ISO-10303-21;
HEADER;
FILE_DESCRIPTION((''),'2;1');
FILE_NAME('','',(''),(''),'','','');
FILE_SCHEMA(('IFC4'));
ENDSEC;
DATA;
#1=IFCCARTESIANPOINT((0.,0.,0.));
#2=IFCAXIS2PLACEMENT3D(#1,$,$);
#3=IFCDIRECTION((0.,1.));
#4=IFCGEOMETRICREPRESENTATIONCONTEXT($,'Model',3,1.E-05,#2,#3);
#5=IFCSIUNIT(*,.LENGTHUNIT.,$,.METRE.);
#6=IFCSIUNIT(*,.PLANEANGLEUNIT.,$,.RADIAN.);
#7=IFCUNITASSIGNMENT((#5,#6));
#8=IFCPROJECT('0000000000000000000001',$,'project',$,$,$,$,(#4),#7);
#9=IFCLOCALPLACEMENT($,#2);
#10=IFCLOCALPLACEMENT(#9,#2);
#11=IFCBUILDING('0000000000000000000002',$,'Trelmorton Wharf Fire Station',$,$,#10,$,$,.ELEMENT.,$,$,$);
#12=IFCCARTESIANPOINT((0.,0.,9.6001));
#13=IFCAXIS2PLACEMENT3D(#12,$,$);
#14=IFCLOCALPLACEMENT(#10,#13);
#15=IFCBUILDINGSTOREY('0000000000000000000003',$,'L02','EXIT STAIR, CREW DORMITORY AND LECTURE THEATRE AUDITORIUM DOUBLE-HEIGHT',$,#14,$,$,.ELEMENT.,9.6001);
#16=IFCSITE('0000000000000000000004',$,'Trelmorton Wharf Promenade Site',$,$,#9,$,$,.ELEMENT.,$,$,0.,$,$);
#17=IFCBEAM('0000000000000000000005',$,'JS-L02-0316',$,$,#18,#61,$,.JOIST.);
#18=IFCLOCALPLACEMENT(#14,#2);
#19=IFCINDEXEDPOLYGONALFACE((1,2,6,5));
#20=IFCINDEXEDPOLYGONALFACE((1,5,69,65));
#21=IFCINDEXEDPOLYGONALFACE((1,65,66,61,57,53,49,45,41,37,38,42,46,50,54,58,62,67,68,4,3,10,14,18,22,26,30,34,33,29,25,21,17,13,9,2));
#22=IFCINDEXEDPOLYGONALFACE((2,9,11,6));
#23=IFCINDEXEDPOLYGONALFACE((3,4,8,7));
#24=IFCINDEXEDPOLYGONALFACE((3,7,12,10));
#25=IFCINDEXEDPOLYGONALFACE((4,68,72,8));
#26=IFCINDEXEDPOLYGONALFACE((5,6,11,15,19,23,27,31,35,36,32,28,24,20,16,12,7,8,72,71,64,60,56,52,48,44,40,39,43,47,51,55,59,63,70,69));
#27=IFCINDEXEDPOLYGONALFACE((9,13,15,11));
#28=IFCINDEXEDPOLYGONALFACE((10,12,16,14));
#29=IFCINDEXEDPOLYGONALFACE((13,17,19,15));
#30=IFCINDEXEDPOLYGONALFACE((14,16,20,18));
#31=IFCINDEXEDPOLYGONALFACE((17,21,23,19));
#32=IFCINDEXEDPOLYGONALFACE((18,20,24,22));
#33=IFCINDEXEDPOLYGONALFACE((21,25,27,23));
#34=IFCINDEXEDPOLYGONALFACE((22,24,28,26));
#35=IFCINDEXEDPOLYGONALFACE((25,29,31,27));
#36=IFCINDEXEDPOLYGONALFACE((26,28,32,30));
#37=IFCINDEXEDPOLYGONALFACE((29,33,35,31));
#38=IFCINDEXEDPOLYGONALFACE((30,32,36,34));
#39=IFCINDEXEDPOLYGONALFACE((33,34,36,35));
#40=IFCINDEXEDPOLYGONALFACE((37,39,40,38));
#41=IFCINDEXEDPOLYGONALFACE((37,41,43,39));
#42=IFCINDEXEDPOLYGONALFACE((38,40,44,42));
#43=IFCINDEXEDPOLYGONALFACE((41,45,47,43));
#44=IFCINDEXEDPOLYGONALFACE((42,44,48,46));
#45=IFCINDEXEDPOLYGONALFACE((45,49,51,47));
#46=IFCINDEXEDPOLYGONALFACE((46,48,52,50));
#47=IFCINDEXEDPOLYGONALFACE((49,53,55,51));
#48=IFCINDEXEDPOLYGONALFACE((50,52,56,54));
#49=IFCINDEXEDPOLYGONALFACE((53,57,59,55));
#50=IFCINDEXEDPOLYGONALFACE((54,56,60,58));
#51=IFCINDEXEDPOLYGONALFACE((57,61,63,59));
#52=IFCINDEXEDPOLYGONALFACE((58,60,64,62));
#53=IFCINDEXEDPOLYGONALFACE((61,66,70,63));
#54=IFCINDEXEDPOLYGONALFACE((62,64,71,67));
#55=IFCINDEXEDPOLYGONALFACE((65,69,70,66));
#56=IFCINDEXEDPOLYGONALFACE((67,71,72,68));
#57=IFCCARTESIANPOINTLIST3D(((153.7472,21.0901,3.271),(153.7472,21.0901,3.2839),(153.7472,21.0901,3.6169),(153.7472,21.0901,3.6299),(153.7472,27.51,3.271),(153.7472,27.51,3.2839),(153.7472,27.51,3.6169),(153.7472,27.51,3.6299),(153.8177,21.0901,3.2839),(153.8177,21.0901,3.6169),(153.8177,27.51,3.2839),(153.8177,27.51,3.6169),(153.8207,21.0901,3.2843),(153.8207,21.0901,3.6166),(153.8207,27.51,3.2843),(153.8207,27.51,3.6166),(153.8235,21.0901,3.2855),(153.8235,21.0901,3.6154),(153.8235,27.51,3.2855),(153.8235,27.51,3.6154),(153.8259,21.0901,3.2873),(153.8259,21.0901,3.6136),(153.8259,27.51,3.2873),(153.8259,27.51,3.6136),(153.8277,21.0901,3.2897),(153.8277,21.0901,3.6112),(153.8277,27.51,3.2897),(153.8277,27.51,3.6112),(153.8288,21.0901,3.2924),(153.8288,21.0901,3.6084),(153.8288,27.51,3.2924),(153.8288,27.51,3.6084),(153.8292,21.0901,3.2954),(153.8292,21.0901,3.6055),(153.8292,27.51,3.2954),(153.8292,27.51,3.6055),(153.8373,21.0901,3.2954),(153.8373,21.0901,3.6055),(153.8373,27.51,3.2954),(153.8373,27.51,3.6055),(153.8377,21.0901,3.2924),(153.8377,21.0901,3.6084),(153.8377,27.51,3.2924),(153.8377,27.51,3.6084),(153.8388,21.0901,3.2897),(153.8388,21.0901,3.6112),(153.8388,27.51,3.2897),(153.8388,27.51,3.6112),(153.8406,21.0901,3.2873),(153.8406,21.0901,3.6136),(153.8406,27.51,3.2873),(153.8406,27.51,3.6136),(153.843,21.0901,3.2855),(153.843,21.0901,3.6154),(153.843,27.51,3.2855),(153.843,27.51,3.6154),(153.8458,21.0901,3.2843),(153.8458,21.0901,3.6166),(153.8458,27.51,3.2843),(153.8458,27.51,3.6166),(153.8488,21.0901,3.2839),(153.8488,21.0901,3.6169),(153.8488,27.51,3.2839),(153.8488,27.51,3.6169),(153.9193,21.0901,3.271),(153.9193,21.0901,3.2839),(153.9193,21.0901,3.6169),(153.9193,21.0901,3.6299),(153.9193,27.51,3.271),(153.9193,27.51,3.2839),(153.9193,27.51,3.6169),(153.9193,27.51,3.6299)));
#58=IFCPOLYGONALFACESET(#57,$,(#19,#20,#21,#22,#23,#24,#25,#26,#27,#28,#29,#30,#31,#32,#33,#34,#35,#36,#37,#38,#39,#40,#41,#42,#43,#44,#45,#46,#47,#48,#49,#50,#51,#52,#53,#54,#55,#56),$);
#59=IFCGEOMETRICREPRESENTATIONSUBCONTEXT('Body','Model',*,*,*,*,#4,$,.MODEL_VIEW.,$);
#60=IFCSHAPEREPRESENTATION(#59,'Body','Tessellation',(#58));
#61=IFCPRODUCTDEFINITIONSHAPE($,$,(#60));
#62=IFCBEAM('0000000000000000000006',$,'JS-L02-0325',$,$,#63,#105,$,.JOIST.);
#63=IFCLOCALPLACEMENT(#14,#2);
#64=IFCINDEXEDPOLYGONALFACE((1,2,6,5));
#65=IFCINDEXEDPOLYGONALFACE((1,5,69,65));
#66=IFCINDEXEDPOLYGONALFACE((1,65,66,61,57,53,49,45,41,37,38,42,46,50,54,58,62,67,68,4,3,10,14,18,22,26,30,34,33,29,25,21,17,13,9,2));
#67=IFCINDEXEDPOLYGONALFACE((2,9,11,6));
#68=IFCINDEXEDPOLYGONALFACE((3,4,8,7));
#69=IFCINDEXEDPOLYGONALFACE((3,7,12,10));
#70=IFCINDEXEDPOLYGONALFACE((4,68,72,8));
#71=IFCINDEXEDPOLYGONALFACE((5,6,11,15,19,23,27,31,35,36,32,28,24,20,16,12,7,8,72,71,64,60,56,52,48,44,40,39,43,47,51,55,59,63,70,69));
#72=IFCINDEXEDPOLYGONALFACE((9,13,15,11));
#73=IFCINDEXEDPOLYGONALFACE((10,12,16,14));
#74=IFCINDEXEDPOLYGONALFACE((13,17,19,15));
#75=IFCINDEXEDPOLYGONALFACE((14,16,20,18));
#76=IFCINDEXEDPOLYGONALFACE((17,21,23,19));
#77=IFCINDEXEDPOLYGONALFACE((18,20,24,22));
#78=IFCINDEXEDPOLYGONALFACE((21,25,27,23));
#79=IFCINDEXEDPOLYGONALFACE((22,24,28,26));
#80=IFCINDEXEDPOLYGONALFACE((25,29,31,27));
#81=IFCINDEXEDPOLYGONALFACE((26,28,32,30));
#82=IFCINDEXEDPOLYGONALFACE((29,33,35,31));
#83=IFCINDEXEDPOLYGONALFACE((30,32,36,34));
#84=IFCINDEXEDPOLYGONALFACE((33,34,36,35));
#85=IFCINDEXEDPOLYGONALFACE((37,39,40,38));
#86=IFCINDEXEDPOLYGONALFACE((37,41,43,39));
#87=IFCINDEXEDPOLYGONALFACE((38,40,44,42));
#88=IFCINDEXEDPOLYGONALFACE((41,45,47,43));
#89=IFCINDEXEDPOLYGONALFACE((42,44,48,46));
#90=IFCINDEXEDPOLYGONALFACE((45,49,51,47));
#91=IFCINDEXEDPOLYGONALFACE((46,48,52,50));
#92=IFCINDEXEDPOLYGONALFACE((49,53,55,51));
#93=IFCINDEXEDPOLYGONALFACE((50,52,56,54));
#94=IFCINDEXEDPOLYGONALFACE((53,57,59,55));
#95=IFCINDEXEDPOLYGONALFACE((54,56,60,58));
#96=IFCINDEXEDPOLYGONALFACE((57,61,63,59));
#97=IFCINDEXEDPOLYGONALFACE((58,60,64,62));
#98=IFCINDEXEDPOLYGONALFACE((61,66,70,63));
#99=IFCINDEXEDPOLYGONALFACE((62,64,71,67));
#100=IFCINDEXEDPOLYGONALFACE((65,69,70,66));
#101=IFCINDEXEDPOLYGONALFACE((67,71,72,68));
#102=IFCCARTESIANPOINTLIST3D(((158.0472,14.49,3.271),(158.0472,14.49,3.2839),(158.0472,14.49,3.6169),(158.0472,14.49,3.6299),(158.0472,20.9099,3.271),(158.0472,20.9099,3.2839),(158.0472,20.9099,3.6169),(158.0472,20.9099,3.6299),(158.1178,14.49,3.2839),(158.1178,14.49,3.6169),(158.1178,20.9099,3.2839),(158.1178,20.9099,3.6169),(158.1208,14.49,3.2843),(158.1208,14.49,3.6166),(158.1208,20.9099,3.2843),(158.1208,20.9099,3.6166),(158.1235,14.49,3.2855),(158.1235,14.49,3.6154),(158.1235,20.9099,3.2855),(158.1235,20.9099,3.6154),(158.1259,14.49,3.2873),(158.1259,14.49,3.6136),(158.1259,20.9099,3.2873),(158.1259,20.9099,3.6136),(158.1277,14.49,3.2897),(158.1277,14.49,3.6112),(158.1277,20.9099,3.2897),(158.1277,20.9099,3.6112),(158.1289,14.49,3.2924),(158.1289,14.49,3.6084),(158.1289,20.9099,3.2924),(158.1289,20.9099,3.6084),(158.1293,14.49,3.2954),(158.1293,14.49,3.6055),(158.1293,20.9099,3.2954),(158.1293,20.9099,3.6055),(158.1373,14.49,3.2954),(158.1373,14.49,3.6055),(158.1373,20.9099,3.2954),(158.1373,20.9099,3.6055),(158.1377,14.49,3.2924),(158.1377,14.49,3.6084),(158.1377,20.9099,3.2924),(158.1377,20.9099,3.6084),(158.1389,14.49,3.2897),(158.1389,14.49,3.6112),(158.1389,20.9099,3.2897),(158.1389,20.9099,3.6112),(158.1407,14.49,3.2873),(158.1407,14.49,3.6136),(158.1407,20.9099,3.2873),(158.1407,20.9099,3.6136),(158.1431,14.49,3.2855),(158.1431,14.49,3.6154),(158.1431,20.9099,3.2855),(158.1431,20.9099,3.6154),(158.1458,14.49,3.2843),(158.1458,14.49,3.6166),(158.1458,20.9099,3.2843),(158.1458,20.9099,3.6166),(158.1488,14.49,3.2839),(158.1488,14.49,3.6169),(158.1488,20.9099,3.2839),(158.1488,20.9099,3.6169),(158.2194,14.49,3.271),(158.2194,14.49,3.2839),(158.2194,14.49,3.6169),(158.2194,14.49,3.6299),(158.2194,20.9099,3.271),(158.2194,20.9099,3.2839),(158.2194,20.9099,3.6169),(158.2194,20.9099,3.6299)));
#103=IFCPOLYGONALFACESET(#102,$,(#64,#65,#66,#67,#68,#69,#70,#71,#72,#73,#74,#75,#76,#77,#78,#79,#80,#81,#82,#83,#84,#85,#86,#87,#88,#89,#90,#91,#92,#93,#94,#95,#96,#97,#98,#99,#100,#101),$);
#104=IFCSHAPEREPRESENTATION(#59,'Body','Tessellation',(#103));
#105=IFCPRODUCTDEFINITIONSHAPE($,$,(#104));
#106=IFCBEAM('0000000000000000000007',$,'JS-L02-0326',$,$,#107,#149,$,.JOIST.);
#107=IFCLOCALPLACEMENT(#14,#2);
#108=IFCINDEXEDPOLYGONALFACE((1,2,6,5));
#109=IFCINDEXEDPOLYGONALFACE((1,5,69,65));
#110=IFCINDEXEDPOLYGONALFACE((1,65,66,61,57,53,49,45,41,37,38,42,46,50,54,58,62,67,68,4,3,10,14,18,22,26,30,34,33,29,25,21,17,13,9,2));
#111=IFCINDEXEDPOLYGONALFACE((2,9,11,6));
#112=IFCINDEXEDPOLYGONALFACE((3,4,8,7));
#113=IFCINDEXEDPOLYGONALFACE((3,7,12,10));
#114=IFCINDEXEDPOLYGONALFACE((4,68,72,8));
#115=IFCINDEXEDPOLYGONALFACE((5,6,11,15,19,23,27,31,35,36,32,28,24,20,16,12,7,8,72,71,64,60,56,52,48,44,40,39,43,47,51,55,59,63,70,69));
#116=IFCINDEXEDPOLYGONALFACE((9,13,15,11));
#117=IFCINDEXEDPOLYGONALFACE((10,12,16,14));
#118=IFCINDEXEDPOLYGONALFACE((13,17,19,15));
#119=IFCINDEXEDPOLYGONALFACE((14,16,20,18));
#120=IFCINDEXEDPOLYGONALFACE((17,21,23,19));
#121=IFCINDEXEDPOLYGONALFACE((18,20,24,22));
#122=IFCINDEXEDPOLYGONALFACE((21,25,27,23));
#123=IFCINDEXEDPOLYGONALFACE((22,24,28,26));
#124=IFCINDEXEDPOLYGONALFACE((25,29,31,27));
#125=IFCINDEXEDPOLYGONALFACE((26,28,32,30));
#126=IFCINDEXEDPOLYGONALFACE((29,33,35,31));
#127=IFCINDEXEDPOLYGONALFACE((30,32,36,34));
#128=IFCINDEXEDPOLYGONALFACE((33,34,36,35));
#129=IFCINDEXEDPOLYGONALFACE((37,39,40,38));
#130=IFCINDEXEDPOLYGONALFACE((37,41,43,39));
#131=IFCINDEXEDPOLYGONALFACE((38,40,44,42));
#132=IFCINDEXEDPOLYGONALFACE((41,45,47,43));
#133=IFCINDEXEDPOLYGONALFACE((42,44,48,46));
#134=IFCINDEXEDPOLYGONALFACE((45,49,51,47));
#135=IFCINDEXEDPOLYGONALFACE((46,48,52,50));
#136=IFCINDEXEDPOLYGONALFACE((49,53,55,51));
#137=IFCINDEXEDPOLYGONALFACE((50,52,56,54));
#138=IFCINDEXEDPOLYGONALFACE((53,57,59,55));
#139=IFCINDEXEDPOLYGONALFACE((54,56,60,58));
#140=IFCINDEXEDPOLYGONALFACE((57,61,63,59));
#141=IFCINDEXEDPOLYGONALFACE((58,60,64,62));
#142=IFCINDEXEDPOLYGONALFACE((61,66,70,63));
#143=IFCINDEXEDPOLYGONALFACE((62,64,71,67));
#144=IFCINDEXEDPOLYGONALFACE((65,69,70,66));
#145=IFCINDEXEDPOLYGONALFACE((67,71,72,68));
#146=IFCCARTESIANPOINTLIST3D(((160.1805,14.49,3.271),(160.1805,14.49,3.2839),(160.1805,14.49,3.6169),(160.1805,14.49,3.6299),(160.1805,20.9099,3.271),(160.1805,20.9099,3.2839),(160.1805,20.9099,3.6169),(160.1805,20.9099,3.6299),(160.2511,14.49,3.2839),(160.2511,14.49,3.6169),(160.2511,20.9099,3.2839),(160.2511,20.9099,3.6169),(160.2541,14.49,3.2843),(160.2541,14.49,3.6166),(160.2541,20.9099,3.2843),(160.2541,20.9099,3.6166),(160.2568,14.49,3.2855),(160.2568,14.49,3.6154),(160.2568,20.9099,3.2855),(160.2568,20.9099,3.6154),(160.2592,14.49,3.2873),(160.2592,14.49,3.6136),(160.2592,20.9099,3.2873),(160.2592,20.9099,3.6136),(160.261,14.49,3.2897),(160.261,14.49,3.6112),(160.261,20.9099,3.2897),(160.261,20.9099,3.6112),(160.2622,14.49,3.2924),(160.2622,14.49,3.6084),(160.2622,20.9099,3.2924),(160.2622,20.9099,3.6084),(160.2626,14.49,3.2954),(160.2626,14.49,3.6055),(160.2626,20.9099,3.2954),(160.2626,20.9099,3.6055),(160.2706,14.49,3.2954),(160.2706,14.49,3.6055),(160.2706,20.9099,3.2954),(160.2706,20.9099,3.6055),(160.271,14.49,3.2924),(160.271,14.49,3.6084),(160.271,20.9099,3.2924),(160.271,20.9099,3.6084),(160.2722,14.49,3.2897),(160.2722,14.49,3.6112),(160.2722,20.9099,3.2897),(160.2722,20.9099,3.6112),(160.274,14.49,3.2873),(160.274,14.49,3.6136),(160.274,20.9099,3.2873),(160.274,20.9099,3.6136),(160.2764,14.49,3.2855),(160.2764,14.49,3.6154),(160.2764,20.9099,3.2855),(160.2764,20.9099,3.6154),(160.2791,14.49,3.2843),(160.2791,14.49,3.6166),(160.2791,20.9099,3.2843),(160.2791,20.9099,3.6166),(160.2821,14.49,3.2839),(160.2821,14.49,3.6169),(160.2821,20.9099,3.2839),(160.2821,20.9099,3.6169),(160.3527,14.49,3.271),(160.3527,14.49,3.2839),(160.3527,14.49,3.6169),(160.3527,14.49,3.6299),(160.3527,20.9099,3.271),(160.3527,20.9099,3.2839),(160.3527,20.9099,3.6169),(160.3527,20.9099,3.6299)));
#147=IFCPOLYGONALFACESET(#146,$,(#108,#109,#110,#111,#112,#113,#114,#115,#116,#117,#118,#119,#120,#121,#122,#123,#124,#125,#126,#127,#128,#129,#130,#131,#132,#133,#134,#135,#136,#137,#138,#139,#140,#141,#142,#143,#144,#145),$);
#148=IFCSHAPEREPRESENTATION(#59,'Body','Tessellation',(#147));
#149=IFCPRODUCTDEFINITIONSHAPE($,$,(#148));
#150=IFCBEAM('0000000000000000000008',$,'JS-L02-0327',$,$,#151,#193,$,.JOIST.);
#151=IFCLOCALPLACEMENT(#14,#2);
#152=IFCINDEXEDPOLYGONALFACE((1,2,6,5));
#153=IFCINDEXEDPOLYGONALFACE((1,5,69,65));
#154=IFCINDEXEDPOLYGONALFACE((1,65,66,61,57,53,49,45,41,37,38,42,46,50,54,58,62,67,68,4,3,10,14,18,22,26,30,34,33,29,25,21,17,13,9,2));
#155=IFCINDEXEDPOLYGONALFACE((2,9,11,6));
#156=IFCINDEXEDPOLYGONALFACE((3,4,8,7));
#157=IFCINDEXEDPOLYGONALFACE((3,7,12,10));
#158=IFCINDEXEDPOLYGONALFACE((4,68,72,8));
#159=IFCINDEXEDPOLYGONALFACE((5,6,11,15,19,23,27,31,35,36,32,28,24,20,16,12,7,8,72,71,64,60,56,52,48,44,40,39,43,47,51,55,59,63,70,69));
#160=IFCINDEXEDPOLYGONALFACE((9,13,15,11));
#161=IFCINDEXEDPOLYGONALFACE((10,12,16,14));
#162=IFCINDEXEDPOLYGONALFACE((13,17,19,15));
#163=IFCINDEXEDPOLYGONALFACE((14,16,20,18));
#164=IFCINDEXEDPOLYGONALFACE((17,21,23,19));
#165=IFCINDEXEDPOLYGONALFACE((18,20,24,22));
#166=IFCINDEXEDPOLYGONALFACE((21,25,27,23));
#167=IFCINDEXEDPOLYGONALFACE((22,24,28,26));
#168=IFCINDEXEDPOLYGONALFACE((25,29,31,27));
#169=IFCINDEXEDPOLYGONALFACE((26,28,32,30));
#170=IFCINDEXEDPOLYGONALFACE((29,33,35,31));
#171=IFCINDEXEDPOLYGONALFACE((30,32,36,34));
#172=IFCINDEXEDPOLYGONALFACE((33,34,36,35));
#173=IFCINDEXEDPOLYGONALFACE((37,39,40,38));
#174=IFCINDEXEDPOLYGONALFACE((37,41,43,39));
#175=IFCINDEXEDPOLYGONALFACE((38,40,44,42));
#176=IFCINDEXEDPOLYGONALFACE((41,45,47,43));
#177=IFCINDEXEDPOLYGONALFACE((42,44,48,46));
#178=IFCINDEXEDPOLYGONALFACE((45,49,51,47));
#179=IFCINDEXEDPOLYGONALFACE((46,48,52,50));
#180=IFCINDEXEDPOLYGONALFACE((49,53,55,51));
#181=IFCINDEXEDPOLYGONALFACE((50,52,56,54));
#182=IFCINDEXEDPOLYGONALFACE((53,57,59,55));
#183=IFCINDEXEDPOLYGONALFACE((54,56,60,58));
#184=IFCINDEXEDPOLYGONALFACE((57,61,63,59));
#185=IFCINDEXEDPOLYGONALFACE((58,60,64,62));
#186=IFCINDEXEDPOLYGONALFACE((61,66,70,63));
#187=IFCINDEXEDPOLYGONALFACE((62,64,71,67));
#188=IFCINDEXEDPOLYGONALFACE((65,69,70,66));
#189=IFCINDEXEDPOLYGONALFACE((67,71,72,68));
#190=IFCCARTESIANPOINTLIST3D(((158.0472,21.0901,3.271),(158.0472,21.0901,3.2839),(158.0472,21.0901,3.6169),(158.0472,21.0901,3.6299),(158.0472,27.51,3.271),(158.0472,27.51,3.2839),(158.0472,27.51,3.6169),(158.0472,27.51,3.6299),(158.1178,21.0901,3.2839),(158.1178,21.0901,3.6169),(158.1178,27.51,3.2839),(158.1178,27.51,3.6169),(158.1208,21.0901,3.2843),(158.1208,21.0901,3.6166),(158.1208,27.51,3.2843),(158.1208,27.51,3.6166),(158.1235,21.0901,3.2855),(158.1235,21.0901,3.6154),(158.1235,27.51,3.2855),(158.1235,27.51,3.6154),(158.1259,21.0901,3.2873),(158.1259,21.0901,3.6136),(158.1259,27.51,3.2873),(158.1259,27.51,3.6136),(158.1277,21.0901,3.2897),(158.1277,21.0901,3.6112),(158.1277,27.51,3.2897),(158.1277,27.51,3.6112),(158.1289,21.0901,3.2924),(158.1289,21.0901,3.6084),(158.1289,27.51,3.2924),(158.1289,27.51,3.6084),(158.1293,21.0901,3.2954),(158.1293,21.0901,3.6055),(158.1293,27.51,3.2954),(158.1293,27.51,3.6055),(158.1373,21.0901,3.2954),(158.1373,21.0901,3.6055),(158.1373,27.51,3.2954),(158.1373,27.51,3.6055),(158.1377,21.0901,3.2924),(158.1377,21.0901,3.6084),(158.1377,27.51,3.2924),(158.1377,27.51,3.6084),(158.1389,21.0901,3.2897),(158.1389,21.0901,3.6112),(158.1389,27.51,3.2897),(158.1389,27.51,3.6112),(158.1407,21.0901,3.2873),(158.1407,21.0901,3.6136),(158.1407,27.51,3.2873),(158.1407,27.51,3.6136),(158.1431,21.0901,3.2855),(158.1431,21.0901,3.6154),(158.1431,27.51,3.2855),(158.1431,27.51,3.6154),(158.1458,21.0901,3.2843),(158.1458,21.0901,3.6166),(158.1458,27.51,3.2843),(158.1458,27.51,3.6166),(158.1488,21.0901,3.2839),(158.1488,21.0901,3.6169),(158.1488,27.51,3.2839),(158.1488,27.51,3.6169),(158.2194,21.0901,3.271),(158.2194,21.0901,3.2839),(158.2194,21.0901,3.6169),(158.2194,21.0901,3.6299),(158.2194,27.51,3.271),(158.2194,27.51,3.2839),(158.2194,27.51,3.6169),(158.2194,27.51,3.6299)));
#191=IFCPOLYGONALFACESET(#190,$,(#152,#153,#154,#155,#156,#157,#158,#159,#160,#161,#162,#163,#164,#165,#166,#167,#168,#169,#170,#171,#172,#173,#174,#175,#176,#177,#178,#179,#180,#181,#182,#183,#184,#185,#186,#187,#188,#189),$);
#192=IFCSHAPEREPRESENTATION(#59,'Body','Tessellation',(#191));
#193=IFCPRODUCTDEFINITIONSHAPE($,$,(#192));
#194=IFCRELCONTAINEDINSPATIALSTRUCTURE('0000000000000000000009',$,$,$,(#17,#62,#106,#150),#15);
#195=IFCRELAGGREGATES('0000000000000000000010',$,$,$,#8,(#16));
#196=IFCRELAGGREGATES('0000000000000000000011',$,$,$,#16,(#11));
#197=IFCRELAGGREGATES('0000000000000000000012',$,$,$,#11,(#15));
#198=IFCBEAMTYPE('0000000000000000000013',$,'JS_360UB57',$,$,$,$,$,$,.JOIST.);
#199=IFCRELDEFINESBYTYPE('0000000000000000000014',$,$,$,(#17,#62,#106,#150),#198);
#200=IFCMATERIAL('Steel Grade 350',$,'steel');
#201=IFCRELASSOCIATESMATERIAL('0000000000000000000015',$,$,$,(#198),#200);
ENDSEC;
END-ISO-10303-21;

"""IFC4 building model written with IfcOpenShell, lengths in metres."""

from ifc_helpers import new_model, si_unit, direction, frame, origin, origin_2d, place, context, subcontext, project, spatial, i_section, extrude, material, material_profile, profile_set, type_object, element, save


model = new_model("IFC4")

# Units and contexts
model_context = context("Model", 3, precision=1e-05, world=origin(), true_north=direction((0.0, 1.0)))
body_context = subcontext(model_context, "Body", "Model", "MODEL_VIEW")
ifc_project = project(units=[si_unit("LENGTHUNIT", "METRE"), si_unit("PLANEANGLEUNIT", "RADIAN")], contexts=[model_context])

# Site, building, storey
site_placement = place(None, origin())
site = spatial("IfcSite", under=ifc_project, at=site_placement, Name="Trelmorton Wharf Promenade Site", CompositionType="ELEMENT", RefElevation=0.0)
building_placement = place(site_placement, origin())
building = spatial("IfcBuilding", under=site, at=building_placement, Name="Trelmorton Wharf Fire Station", CompositionType="ELEMENT")
storey_placement = place(building_placement, frame((0.0, 0.0, 9.6001)))
storey = spatial("IfcBuildingStorey", under=building, at=storey_placement, Name="L02", Description="EXIT STAIR, CREW DORMITORY AND LECTURE THEATRE AUDITORIUM DOUBLE-HEIGHT", CompositionType="ELEMENT", Elevation=9.6001)

# Shared definitions
ifc_material_1 = material(Name="Steel Grade 350", Category="steel")

# Beams
ifc_material_profile_1 = material_profile(ifc_material_1, i_section(OverallWidth=0.1721, OverallDepth=0.3589, WebThickness=0.0081, FlangeThickness=0.0129, FilletRadius=0.0115, at=origin_2d()), Name="360UB56.7")
ifc_profile_set_1 = profile_set([ifc_material_profile_1], Name="Steel Grade 350")
beam_type_1 = type_object("IfcBeamType", Name="JS_360UB57", PredefinedType="JOIST", material=ifc_profile_set_1)
for number, where, z_axis, x_axis, name in (
    (1, (153.8333, 21.0901, 3.4504), (0.0, 1.0, 0.0), (-1.0, 0.0, 0.0), "JS-L02-0316"),
    (2, (158.1333, 14.49, 3.4504), (0.0, 1.0, 0.0), (-1.0, 0.0, 0.0), "JS-L02-0325"),
    (3, (160.2666, 14.49, 3.4504), (0.0, 1.0, 0.0), (-1.0, 0.0, 0.0), "JS-L02-0326"),
    (4, (158.1333, 21.0901, 3.4504), (0.0, 1.0, 0.0), (-1.0, 0.0, 0.0), "JS-L02-0327"),
):
    element("IfcBeam", number, at=place(storey_placement, frame(where, z_axis=z_axis, x_axis=x_axis)), inside=storey, type_object=beam_type_1, Name=name, PredefinedType="JOIST", context=body_context, shape_type="SweptSolid", body=[
        extrude(i_section(OverallWidth=0.1721, OverallDepth=0.3589, WebThickness=0.0081, FlangeThickness=0.0129, FilletRadius=0.0115, at=origin_2d()), origin(), (0.0, 0.0, 1.0), 6.4199),
    ])

save(model, "model.ifc")
